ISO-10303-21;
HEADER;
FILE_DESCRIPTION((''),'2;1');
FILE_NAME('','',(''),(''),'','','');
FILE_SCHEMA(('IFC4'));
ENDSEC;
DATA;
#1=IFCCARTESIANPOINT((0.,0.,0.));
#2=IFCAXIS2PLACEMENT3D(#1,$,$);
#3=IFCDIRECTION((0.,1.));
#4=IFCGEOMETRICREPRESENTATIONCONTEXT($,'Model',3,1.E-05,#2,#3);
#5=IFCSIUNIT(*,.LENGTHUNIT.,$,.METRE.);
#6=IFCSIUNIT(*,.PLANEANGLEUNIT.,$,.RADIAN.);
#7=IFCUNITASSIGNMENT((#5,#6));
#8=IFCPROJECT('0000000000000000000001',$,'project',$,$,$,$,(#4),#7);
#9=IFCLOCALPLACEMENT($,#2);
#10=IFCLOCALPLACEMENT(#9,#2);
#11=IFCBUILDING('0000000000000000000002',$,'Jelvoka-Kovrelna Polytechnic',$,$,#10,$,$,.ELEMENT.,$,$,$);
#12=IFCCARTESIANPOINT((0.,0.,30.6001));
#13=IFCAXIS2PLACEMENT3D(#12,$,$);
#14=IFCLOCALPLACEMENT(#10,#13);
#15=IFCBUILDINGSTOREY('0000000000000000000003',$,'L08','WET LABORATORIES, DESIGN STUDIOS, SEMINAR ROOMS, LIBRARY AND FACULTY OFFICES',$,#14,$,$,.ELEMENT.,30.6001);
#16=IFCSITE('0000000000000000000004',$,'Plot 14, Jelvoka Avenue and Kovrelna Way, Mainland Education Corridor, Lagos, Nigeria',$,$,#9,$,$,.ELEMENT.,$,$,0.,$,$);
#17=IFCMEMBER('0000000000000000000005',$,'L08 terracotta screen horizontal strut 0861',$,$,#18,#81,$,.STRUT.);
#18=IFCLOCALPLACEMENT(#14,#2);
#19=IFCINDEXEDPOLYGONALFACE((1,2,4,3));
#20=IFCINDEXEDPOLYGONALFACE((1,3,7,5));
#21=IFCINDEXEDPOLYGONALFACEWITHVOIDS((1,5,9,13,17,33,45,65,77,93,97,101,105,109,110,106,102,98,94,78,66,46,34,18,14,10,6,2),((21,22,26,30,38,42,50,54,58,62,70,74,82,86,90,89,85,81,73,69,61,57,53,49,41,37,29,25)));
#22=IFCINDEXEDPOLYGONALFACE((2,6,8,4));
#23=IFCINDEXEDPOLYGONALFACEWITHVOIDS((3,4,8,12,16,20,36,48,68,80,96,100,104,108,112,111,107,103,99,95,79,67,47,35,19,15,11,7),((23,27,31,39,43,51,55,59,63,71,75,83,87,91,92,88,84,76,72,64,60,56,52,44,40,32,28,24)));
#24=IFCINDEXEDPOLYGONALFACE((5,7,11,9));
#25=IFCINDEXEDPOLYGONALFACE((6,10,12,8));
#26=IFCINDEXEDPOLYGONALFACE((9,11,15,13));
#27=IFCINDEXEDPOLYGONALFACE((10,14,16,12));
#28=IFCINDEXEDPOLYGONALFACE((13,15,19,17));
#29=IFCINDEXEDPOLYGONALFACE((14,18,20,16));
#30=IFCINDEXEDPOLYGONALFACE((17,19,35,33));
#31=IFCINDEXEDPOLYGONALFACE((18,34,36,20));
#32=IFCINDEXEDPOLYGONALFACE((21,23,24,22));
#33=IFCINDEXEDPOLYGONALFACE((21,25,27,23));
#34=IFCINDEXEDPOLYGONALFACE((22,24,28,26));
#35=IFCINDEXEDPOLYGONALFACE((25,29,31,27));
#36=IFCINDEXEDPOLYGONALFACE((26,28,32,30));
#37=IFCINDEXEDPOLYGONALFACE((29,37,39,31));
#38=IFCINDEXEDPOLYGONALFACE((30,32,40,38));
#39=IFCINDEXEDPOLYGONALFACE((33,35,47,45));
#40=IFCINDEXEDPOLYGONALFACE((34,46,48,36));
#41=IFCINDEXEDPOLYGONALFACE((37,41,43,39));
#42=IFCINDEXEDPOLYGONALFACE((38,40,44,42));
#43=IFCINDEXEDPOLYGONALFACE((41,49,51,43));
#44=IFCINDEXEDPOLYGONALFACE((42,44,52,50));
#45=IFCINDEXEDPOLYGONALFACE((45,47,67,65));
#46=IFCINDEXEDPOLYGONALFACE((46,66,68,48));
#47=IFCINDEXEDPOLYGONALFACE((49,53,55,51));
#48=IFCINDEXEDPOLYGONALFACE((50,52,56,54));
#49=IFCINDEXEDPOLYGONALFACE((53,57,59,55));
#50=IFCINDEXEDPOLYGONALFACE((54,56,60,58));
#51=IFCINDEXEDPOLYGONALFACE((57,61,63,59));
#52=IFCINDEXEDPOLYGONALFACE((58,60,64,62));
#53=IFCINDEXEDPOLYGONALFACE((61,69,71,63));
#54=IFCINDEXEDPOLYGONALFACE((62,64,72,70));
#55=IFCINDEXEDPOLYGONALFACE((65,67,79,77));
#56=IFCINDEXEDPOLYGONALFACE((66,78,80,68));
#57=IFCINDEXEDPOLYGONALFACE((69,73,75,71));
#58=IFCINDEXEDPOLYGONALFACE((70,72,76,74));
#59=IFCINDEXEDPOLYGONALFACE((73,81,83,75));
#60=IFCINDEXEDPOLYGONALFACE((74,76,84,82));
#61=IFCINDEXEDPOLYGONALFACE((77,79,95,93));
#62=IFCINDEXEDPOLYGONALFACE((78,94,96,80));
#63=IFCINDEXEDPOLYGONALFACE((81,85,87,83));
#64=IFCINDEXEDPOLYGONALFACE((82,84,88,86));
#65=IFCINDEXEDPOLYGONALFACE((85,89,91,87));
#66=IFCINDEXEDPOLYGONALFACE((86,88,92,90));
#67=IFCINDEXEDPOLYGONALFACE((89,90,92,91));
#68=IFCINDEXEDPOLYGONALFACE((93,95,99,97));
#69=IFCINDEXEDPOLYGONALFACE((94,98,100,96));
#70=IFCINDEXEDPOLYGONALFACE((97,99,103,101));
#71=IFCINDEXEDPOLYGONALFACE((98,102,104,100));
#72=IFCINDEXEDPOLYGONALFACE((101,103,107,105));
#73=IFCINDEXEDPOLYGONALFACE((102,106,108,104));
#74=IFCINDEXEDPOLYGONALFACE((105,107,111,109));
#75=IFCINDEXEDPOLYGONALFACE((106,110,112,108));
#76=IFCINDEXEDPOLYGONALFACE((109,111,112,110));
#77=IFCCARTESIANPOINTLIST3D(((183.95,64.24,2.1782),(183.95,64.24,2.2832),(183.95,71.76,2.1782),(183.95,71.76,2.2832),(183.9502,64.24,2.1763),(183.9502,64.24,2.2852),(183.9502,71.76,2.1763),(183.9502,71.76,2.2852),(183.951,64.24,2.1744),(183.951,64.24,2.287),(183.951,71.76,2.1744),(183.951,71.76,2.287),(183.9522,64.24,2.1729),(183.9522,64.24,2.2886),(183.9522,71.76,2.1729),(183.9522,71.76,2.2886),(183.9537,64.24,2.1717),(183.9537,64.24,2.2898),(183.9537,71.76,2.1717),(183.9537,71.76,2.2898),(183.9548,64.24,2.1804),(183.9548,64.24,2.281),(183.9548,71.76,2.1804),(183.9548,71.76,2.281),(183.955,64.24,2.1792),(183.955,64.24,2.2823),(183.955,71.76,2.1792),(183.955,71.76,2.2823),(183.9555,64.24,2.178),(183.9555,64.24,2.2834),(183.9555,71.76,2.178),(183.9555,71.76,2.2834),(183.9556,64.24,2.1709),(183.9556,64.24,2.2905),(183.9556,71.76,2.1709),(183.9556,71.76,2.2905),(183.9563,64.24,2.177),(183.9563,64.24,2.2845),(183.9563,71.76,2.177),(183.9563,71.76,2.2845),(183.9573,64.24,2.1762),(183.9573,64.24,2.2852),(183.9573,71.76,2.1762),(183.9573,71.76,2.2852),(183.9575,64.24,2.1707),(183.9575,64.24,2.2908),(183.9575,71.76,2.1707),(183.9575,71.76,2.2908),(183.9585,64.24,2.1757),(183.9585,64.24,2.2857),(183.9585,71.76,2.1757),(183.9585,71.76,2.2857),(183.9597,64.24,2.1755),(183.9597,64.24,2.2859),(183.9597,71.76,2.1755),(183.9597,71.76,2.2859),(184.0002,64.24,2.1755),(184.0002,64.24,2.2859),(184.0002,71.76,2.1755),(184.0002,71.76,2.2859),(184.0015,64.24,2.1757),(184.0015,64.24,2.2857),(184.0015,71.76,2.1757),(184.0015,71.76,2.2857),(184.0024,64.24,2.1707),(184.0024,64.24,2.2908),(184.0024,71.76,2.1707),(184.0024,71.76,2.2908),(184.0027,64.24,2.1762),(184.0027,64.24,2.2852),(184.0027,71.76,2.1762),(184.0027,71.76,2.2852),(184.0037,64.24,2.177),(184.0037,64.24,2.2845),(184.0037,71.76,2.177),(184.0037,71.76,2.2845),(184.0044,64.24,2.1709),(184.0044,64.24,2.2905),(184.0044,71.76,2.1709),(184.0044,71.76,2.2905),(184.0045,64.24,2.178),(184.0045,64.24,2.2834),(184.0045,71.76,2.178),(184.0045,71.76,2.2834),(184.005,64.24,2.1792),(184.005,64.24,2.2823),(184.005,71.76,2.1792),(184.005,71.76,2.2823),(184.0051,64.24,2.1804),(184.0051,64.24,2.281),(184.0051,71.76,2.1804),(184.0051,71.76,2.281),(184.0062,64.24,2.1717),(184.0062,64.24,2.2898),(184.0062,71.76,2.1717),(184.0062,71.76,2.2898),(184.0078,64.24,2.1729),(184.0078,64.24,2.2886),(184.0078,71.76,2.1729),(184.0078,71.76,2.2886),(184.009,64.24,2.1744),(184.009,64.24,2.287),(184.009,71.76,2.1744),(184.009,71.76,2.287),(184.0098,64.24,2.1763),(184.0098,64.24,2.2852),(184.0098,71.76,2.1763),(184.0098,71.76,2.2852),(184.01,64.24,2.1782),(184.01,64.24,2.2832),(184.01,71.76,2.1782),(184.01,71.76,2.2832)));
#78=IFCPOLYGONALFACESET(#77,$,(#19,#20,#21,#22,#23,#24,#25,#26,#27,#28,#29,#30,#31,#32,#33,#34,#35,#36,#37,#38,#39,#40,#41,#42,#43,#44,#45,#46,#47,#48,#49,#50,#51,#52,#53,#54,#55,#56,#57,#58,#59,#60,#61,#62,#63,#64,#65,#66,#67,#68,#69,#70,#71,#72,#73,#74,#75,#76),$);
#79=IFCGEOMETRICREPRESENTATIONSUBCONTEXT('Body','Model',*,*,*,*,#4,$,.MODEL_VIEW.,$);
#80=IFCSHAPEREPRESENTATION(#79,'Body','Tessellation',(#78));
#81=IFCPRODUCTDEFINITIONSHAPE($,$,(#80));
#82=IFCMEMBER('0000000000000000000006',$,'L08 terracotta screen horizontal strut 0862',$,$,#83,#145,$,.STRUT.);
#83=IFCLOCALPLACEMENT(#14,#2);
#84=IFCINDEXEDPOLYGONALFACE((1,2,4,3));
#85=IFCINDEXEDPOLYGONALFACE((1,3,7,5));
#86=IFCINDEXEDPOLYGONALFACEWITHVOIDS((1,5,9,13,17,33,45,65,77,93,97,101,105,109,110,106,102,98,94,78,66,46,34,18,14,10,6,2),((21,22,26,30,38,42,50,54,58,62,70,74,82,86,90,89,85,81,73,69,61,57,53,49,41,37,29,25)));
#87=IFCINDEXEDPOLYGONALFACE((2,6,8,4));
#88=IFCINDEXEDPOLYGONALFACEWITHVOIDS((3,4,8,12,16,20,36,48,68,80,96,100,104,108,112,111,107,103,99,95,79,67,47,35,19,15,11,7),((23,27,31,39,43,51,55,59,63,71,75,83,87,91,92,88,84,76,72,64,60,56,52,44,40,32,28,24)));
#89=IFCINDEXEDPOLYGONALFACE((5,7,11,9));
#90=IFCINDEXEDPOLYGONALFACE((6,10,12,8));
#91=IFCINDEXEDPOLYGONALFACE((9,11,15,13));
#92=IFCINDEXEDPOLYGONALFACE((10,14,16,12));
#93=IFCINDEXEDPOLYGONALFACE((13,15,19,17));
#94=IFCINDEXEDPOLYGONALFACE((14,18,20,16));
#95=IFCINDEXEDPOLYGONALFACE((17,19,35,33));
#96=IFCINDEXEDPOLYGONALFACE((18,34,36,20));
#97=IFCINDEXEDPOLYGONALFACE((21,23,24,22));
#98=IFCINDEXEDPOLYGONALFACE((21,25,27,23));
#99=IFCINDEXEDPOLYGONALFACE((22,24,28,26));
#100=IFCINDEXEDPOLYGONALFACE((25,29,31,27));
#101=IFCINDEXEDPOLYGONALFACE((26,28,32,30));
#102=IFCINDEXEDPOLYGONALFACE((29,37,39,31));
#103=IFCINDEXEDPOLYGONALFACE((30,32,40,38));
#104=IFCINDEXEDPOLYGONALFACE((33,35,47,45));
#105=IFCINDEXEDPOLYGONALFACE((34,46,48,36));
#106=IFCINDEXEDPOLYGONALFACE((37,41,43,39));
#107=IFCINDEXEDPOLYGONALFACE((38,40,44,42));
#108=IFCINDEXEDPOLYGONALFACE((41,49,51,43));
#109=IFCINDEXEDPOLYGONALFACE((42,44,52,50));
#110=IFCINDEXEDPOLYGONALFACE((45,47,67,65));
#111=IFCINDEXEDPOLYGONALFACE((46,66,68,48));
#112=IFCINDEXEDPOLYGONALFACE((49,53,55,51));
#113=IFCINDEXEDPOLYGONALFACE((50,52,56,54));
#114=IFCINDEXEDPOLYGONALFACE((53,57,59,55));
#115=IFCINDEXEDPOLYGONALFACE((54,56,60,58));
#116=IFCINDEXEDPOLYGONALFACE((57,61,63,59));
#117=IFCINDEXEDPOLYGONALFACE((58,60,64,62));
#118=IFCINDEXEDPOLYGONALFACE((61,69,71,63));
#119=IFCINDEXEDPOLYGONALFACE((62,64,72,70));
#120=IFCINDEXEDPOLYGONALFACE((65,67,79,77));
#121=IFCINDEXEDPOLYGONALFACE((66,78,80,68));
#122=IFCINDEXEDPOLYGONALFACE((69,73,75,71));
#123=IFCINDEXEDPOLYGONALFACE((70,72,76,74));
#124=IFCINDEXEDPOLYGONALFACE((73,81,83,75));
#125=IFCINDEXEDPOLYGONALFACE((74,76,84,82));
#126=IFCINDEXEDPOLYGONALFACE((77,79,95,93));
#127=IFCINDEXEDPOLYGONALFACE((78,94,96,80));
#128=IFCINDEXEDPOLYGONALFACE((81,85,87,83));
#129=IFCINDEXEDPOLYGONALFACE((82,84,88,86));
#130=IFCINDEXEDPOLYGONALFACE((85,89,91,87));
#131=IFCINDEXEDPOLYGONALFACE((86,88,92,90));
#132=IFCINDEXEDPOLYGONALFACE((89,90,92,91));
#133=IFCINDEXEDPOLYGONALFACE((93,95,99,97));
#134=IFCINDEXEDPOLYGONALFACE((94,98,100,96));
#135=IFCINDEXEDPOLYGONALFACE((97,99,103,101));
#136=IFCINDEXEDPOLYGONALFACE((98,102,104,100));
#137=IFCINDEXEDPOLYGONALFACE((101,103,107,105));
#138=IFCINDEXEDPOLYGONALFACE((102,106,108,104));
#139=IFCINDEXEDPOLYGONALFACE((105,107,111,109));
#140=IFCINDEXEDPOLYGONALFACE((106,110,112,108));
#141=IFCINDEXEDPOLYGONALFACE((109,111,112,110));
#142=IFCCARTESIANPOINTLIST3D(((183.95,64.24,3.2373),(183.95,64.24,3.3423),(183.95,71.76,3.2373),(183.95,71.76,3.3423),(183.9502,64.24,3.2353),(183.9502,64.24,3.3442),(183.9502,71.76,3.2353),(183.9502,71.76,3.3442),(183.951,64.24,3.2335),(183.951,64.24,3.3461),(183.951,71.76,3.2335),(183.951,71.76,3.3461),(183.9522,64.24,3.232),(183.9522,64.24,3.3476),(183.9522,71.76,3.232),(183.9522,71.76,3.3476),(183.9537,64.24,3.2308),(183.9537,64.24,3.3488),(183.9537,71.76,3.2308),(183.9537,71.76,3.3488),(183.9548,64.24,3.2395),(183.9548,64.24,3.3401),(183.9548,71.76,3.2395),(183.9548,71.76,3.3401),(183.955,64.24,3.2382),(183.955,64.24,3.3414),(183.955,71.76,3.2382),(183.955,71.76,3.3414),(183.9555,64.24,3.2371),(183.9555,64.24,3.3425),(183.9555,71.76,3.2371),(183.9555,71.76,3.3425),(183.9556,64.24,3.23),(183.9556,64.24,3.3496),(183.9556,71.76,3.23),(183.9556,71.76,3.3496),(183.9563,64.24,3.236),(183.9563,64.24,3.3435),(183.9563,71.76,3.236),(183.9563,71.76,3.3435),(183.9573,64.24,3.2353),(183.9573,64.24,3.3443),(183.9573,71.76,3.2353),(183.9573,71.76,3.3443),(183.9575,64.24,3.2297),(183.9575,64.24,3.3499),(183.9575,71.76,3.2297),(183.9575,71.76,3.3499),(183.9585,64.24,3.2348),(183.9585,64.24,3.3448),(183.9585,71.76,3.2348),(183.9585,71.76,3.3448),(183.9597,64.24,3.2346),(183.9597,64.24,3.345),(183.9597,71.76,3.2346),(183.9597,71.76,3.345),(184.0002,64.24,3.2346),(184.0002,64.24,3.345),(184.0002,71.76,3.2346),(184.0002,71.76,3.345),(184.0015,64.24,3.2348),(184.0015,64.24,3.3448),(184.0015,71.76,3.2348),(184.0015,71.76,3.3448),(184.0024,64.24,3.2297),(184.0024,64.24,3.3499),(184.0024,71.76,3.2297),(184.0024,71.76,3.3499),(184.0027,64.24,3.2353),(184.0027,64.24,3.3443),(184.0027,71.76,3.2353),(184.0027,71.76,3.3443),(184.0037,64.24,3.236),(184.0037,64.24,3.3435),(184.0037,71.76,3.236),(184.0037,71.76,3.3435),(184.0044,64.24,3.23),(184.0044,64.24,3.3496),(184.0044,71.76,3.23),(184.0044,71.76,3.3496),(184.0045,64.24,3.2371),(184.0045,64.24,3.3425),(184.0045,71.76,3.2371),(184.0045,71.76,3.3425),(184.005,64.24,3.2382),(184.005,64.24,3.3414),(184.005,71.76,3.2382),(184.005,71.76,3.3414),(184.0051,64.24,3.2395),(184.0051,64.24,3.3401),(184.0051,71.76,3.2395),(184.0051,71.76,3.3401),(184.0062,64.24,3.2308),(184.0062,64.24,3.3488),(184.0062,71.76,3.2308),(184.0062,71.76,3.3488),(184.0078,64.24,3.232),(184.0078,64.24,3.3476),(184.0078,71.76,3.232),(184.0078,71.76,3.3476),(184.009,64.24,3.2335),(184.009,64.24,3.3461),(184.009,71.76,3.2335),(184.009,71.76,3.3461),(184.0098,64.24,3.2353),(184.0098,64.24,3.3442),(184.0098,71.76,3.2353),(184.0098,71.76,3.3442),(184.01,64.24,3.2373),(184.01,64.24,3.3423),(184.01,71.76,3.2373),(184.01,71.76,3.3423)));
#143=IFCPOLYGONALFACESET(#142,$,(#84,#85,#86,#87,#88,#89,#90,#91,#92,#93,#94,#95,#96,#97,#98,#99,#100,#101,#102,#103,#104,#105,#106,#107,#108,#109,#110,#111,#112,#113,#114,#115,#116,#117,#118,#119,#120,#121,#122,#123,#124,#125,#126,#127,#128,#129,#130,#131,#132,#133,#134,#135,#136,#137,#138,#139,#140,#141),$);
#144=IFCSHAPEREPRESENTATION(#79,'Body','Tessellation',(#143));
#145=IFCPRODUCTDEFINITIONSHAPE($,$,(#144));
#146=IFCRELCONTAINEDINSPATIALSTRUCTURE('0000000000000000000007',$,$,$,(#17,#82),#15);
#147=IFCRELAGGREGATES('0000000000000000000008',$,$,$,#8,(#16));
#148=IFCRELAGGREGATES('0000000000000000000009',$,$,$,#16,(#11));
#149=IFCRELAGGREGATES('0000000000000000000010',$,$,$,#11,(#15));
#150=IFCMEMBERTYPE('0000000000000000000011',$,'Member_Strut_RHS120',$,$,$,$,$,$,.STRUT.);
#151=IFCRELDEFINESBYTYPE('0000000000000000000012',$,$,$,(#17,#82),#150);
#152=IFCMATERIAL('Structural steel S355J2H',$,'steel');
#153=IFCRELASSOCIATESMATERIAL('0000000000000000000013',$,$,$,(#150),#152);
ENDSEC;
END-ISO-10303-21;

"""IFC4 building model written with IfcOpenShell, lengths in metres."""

from ifc_helpers import new_model, si_unit, direction, frame, origin, origin_2d, place, context, subcontext, project, spatial, hollow_rectangle, extrude, material, material_profile, profile_set, type_object, element, save


model = new_model("IFC4")

# Units and contexts
model_context = context("Model", 3, precision=1e-05, world=origin(), true_north=direction((0.0, 1.0)))
body_context = subcontext(model_context, "Body", "Model", "MODEL_VIEW")
ifc_project = project(units=[si_unit("LENGTHUNIT", "METRE"), si_unit("PLANEANGLEUNIT", "RADIAN")], contexts=[model_context])

# Site, building, storey
site_placement = place(None, origin())
site = spatial("IfcSite", under=ifc_project, at=site_placement, Name="Plot 14, Jelvoka Avenue and Kovrelna Way, Mainland Education Corridor, Lagos, Nigeria", CompositionType="ELEMENT", RefElevation=0.0)
building_placement = place(site_placement, origin())
building = spatial("IfcBuilding", under=site, at=building_placement, Name="Jelvoka-Kovrelna Polytechnic", CompositionType="ELEMENT")
storey_placement = place(building_placement, frame((0.0, 0.0, 30.6001)))
storey = spatial("IfcBuildingStorey", under=building, at=storey_placement, Name="L08", Description="WET LABORATORIES, DESIGN STUDIOS, SEMINAR ROOMS, LIBRARY AND FACULTY OFFICES", CompositionType="ELEMENT", Elevation=30.6001)

# Members
ifc_material_1 = material(Name="Structural steel S355J2H", Category="steel")
ifc_material_profile_1 = material_profile(ifc_material_1, hollow_rectangle(XDim=0.0601, YDim=0.1201, WallThickness=0.0049, InnerFilletRadius=0.0049, OuterFilletRadius=0.0076, at=origin_2d()), Name="120x60x5.0 RHS")
ifc_profile_set_1 = profile_set([ifc_material_profile_1], Name="Structural steel S355J2H")
member_type_1 = type_object("IfcMemberType", Name="Member_Strut_RHS120", PredefinedType="STRUT", material=ifc_profile_set_1)
for number, where, z_axis, x_axis, name in (
    (1, (183.98, 64.24, 2.2307), (0.0, 1.0, 0.0), (-1.0, 0.0, 0.0), "L08 terracotta screen horizontal strut 0861"),
    (2, (183.98, 64.24, 3.2898), (0.0, 1.0, 0.0), (-1.0, 0.0, 0.0), "L08 terracotta screen horizontal strut 0862"),
):
    element("IfcMember", number, at=place(storey_placement, frame(where, z_axis=z_axis, x_axis=x_axis)), inside=storey, type_object=member_type_1, Name=name, PredefinedType="STRUT", context=body_context, shape_type="SweptSolid", body=[
        extrude(hollow_rectangle(XDim=0.0601, YDim=0.1201, WallThickness=0.0049, InnerFilletRadius=0.0049, OuterFilletRadius=0.0076, at=origin_2d()), origin(), (0.0, 0.0, 1.0), 7.52),
    ])

save(model, "model.ifc")
